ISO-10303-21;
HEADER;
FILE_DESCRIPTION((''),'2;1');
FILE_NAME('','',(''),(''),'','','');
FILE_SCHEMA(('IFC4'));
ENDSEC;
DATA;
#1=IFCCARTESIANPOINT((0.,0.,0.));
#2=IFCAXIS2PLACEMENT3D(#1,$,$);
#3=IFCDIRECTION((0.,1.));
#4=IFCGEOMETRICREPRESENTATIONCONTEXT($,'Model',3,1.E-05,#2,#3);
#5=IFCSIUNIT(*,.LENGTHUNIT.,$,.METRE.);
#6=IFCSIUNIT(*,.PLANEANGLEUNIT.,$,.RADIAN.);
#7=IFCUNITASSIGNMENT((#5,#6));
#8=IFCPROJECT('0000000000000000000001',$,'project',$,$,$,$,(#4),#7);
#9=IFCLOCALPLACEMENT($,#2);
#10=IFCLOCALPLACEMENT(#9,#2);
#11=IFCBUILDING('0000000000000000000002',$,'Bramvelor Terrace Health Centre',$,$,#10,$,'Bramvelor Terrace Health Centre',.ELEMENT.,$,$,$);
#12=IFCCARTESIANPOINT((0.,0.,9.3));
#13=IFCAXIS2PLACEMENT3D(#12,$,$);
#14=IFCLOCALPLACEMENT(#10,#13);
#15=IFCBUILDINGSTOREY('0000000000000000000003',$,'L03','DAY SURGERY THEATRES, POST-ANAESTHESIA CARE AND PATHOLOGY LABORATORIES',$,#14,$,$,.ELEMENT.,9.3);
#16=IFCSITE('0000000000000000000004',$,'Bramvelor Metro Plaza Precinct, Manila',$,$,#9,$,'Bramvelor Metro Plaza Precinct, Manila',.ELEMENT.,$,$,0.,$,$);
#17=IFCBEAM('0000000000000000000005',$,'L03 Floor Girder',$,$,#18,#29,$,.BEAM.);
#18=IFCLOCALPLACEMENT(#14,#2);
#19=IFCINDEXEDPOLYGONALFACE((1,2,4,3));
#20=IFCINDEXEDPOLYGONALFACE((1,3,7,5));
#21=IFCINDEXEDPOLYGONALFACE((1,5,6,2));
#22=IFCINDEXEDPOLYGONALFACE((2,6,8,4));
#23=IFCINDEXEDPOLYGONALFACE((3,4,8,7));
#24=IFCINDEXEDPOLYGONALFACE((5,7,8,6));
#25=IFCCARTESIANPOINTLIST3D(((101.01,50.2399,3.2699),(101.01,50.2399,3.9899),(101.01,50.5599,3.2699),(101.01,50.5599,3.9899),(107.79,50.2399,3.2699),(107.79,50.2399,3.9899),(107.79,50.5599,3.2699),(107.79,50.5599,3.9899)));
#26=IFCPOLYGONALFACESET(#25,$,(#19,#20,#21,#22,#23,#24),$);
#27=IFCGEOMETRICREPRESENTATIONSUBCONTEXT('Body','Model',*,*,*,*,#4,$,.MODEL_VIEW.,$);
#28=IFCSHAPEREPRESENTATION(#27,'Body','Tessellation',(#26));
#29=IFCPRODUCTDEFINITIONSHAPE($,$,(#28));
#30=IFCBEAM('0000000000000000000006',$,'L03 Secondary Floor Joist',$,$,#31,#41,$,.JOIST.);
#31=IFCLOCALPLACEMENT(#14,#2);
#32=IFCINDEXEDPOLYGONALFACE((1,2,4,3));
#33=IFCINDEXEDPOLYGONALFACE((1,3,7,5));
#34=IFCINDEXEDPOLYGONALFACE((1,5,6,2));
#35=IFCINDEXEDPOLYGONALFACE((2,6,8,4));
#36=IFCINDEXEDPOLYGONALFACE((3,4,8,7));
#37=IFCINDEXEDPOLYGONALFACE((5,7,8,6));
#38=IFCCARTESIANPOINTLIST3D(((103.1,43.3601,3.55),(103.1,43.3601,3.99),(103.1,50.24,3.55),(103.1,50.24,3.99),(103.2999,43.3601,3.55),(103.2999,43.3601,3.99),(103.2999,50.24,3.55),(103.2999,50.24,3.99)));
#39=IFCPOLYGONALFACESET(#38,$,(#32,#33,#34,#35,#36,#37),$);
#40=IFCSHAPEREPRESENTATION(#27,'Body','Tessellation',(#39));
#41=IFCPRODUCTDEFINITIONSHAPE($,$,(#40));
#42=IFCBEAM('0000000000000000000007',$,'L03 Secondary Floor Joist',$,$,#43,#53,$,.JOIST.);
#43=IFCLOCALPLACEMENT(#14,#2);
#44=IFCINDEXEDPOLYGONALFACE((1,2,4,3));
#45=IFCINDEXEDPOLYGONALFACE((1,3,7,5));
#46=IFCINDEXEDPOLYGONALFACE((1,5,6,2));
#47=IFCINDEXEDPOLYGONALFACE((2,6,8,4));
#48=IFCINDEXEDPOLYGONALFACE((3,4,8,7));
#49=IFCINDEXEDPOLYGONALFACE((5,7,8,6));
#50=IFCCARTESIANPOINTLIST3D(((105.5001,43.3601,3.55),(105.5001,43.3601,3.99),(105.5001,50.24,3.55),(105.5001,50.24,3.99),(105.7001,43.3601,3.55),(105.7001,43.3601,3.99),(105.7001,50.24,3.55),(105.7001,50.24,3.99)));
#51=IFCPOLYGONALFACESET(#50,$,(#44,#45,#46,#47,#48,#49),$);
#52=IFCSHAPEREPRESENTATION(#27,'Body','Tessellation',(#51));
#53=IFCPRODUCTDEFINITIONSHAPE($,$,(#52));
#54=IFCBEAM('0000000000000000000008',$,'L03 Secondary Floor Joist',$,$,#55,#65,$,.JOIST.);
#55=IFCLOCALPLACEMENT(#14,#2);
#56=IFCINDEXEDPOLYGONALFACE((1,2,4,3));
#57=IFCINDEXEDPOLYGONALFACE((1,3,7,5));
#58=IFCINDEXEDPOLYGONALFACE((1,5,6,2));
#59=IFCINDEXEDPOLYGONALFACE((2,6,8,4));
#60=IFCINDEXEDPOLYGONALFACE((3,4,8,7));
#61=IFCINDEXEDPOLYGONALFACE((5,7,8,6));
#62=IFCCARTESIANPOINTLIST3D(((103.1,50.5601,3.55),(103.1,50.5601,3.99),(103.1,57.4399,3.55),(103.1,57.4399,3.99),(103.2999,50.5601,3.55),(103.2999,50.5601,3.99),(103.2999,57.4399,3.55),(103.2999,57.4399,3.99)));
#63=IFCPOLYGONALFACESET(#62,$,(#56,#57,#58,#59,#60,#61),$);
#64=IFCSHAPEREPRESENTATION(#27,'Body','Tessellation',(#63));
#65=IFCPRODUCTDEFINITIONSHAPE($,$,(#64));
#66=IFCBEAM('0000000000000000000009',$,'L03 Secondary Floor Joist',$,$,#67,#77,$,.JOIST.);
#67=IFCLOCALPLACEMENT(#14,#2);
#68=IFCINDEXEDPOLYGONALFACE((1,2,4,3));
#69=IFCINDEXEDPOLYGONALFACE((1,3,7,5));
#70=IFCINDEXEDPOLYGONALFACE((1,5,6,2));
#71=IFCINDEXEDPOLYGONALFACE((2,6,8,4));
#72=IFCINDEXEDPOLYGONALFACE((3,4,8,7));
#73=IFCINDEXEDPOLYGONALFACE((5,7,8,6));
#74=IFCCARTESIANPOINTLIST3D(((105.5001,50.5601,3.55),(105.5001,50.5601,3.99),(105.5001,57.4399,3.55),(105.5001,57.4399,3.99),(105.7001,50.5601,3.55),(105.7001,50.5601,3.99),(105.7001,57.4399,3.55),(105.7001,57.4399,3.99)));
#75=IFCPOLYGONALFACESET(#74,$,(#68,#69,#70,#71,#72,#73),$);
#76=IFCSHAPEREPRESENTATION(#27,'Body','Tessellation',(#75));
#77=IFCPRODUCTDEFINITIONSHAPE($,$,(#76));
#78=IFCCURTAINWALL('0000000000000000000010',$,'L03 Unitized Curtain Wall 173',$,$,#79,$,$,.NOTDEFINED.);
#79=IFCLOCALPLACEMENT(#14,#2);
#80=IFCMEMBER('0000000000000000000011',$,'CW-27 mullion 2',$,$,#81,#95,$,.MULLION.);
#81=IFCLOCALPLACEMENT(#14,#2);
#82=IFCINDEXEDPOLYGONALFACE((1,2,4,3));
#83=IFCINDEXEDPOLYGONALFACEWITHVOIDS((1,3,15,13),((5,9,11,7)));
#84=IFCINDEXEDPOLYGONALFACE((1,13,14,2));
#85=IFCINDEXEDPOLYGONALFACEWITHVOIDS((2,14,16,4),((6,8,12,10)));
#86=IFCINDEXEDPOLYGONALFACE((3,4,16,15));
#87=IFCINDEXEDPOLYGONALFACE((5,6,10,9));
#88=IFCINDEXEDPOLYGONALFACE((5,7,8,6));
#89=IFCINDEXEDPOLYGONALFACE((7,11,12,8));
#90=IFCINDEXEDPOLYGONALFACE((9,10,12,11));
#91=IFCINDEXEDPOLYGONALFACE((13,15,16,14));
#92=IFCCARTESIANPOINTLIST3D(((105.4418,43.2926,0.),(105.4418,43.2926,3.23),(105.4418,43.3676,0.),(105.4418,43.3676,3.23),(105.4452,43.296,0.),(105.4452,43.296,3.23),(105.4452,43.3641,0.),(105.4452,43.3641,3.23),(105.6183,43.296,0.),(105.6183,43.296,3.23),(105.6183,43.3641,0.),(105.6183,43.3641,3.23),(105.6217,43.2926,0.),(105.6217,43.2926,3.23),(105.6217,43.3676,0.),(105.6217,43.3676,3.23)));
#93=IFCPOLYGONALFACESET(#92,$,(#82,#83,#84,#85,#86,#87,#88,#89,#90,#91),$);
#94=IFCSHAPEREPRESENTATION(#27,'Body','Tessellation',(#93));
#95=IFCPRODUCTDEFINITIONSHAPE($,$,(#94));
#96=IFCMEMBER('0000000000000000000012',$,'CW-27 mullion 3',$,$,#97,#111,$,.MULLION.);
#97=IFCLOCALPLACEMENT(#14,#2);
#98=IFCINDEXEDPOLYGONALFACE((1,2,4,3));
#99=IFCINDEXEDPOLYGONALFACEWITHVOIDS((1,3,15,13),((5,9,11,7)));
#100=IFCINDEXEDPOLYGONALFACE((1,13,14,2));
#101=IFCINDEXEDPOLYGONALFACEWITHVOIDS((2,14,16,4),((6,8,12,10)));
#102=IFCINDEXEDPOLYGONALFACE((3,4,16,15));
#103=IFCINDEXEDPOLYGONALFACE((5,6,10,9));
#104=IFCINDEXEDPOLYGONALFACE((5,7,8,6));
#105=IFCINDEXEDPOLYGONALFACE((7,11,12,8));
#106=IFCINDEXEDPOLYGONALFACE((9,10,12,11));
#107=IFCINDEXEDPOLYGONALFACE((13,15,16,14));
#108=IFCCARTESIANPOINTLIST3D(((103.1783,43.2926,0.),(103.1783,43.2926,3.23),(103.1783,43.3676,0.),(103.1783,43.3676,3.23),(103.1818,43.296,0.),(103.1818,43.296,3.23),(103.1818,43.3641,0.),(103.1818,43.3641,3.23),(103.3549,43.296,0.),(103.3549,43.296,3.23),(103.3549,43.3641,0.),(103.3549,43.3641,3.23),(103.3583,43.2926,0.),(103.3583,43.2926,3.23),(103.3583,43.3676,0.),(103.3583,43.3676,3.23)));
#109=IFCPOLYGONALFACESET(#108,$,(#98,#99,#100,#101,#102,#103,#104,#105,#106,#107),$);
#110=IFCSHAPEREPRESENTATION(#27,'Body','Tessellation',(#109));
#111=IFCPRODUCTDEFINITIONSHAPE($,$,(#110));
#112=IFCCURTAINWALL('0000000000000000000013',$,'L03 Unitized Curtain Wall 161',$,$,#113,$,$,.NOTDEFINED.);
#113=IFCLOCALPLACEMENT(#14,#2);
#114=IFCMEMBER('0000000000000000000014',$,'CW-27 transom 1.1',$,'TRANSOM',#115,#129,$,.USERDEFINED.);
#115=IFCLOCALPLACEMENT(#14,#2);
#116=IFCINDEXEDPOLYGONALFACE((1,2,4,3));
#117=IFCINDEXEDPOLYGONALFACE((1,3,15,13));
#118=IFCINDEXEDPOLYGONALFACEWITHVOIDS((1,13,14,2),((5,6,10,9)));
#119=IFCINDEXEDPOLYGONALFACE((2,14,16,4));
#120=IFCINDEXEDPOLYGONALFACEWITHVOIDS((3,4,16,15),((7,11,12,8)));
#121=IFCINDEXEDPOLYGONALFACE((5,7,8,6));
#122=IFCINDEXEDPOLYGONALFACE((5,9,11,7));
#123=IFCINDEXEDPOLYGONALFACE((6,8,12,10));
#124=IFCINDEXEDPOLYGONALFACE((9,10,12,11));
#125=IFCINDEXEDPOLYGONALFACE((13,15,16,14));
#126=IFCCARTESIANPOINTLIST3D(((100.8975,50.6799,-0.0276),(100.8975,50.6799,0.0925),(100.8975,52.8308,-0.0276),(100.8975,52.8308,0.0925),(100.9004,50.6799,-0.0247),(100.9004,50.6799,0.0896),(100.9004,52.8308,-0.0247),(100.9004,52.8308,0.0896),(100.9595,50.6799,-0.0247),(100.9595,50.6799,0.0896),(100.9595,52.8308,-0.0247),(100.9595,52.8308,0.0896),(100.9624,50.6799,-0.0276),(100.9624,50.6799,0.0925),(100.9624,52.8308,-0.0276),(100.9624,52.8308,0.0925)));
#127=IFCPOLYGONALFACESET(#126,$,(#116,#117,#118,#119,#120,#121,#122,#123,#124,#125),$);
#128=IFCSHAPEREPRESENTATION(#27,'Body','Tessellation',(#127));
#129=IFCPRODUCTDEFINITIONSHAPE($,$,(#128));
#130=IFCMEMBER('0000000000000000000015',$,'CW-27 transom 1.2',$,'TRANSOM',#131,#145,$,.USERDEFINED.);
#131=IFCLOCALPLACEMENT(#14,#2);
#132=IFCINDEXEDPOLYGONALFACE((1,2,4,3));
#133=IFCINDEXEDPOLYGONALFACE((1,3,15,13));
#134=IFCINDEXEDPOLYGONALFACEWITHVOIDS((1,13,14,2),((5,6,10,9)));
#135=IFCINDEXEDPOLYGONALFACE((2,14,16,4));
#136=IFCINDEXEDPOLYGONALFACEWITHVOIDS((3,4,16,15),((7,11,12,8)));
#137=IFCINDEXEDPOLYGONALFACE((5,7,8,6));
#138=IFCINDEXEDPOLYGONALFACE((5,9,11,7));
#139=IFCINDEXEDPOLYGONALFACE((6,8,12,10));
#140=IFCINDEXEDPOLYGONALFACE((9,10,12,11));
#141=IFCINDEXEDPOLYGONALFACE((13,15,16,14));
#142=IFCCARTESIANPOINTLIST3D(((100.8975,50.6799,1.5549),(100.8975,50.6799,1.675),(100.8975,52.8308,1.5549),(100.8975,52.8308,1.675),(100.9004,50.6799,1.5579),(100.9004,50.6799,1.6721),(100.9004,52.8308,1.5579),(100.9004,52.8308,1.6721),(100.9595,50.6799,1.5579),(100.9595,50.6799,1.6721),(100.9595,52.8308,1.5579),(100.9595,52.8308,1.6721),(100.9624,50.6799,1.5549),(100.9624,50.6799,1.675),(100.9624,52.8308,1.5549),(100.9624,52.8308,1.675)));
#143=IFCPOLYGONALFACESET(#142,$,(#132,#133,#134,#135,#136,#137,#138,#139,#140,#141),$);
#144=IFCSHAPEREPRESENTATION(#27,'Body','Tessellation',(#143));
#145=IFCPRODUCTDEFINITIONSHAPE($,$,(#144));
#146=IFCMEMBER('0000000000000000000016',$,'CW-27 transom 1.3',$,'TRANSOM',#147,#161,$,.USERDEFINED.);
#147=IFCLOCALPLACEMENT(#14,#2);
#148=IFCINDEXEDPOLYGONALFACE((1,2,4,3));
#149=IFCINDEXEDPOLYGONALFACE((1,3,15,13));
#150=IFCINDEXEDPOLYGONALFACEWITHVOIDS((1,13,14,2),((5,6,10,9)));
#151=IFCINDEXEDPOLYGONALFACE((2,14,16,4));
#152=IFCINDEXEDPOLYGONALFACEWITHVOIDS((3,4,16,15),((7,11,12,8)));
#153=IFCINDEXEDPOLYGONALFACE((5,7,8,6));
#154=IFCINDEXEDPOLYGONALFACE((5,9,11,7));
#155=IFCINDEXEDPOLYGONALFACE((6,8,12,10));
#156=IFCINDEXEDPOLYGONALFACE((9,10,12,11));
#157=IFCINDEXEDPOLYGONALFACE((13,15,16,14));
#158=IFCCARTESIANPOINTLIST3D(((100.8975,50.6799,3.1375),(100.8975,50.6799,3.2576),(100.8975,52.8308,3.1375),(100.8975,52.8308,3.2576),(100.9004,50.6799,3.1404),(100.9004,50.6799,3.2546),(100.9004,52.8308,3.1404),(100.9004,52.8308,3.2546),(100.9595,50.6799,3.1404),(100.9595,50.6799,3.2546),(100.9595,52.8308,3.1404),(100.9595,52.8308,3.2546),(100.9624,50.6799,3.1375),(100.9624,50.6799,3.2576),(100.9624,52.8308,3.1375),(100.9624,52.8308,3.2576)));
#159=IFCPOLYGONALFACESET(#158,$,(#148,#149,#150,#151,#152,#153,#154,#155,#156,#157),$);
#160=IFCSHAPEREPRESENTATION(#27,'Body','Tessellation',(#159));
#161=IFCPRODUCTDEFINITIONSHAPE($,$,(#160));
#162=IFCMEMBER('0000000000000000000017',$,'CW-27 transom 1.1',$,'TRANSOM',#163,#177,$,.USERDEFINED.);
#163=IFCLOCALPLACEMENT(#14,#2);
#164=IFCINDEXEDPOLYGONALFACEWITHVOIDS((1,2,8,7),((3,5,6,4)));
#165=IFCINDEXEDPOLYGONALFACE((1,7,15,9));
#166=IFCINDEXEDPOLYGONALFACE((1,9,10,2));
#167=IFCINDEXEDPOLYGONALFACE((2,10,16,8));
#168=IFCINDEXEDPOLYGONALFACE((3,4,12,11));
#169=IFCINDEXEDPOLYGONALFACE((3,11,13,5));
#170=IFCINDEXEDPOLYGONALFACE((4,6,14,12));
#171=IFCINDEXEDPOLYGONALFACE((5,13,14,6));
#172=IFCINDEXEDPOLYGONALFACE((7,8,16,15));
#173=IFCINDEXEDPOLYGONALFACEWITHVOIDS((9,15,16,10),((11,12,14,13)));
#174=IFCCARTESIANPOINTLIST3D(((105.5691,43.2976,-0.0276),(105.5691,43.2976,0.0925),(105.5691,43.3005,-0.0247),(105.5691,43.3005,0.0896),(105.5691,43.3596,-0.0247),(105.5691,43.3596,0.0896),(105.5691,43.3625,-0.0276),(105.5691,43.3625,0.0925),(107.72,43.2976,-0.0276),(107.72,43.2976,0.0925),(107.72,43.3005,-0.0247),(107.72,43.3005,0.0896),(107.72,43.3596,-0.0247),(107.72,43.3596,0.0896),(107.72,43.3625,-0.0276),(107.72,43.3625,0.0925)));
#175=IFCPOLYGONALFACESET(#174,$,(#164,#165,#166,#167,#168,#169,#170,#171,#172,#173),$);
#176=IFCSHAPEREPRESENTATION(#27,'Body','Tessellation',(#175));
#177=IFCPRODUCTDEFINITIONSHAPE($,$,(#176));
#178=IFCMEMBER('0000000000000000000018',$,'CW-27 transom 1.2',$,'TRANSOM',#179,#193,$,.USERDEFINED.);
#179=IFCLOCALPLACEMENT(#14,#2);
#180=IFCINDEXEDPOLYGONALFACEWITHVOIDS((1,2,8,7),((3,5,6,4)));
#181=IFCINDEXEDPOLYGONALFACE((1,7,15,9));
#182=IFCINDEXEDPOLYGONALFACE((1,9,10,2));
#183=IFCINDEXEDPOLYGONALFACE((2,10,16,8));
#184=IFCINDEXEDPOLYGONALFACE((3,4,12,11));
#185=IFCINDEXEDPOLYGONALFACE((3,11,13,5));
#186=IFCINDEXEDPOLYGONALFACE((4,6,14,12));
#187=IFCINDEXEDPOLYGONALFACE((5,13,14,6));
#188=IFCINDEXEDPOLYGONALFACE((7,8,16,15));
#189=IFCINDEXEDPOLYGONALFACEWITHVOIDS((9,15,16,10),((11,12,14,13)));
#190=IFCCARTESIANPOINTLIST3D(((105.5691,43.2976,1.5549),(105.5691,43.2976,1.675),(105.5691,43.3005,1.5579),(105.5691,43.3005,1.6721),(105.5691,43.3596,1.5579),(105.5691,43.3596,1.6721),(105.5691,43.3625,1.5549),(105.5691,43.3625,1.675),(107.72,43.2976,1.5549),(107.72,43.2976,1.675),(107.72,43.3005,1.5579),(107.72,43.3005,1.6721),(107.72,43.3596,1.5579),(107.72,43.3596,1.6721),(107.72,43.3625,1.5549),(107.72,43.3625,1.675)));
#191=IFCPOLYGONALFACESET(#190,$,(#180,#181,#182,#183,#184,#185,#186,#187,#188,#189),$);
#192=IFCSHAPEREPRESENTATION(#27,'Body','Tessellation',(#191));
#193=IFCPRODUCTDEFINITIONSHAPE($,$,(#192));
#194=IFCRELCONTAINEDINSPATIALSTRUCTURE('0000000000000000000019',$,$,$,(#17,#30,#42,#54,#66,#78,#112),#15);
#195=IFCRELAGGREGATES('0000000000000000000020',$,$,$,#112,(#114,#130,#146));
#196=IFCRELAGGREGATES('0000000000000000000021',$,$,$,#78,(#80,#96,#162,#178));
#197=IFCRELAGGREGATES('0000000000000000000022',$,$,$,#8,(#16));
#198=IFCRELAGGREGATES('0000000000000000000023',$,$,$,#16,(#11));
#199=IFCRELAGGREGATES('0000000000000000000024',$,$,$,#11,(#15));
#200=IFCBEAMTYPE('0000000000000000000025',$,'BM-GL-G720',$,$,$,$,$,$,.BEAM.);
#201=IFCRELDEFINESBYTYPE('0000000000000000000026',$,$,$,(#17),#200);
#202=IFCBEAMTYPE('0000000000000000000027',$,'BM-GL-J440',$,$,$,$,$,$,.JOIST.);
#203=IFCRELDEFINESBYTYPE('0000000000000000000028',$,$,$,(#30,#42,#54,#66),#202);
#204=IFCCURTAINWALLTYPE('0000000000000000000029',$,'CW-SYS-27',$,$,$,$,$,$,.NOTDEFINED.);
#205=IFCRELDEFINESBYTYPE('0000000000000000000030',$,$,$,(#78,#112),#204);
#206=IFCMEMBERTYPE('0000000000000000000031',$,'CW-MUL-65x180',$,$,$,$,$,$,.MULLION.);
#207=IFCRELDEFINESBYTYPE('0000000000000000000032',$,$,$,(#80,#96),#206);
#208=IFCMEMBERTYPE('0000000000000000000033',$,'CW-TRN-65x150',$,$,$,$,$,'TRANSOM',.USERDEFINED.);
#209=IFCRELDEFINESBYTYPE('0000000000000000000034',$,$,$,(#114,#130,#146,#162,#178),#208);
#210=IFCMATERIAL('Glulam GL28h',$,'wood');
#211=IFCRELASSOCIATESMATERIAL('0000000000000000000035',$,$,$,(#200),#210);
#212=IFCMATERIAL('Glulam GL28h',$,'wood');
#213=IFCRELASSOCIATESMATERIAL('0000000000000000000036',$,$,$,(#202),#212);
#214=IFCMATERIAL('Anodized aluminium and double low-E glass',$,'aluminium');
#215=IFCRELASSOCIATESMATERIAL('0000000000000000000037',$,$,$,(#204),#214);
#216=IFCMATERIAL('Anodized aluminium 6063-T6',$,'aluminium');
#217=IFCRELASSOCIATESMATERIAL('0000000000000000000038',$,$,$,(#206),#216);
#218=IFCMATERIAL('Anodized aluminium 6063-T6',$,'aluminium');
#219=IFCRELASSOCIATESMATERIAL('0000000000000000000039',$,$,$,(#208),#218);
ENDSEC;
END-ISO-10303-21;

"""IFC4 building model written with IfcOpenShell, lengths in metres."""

from ifc_helpers import new_model, si_unit, direction, frame, origin, origin_2d, place, context, subcontext, project, spatial, rectangle, hollow_rectangle, extrude, material, material_profile, profile_set, type_object, element, aggregate, save


model = new_model("IFC4")

# Units and contexts
model_context = context("Model", 3, precision=1e-05, world=origin(), true_north=direction((0.0, 1.0)))
body_context = subcontext(model_context, "Body", "Model", "MODEL_VIEW")
ifc_project = project(units=[si_unit("LENGTHUNIT", "METRE"), si_unit("PLANEANGLEUNIT", "RADIAN")], contexts=[model_context])

# Site, building, storey
site_placement = place(None, origin())
site = spatial("IfcSite", under=ifc_project, at=site_placement, Name="Bramvelor Metro Plaza Precinct, Manila", LongName="Bramvelor Metro Plaza Precinct, Manila", CompositionType="ELEMENT", RefElevation=0.0)
building_placement = place(site_placement, origin())
building = spatial("IfcBuilding", under=site, at=building_placement, Name="Bramvelor Terrace Health Centre", LongName="Bramvelor Terrace Health Centre", CompositionType="ELEMENT")
storey_placement = place(building_placement, frame((0.0, 0.0, 9.3)))
storey = spatial("IfcBuildingStorey", under=building, at=storey_placement, Name="L03", Description="DAY SURGERY THEATRES, POST-ANAESTHESIA CARE AND PATHOLOGY LABORATORIES", CompositionType="ELEMENT", Elevation=9.3)

# Beams
ifc_material_1 = material(Name="Glulam GL28h", Category="wood")
ifc_material_profile_1 = material_profile(ifc_material_1, rectangle(XDim=0.3201, YDim=0.72, at=origin_2d()), Name="GL 320x720")
ifc_profile_set_1 = profile_set([ifc_material_profile_1], Name="Glulam GL28h")
beam_type_1 = type_object("IfcBeamType", Name="BM-GL-G720", PredefinedType="BEAM", material=ifc_profile_set_1)
beam_placement = place(storey_placement, frame((101.01, 50.3999, 3.6299), z_axis=(1.0, 0.0, 0.0), x_axis=(0.0, 1.0, 0.0)))
element("IfcBeam", 1, at=beam_placement, inside=storey, type_object=beam_type_1, Name="L03 Floor Girder", PredefinedType="BEAM", context=body_context, shape_type="SweptSolid", body=[
    extrude(rectangle(XDim=0.3201, YDim=0.72, at=origin_2d()), origin(), (0.0, 0.0, 1.0), 6.78),
])
ifc_material_2 = material(Name="Glulam GL28h", Category="wood")
ifc_material_profile_2 = material_profile(ifc_material_2, rectangle(XDim=0.2, YDim=0.4399, at=origin_2d()), Name="GL 200x440")
ifc_profile_set_2 = profile_set([ifc_material_profile_2], Name="Glulam GL28h")
beam_type_2 = type_object("IfcBeamType", Name="BM-GL-J440", PredefinedType="JOIST", material=ifc_profile_set_2)
for number, where, z_axis, x_axis, name in (
    (2, (103.2, 43.3601, 3.77), (0.0, 1.0, 0.0), (-1.0, 0.0, 0.0), "L03 Secondary Floor Joist"),
    (3, (105.6001, 43.3601, 3.77), (0.0, 1.0, 0.0), (-1.0, 0.0, 0.0), "L03 Secondary Floor Joist"),
    (4, (103.2, 50.5601, 3.77), (0.0, 1.0, 0.0), (-1.0, 0.0, 0.0), "L03 Secondary Floor Joist"),
    (5, (105.6001, 50.5601, 3.77), (0.0, 1.0, 0.0), (-1.0, 0.0, 0.0), "L03 Secondary Floor Joist"),
):
    element("IfcBeam", number, at=place(storey_placement, frame(where, z_axis=z_axis, x_axis=x_axis)), inside=storey, type_object=beam_type_2, Name=name, PredefinedType="JOIST", context=body_context, shape_type="SweptSolid", body=[
        extrude(rectangle(XDim=0.2, YDim=0.4399, at=origin_2d()), origin(), (0.0, 0.0, 1.0), 6.8799),
    ])

# Curtain walls, members
ifc_material_3 = material(Name="Anodized aluminium and double low-E glass", Category="aluminium")
curtain_wall_type = type_object("IfcCurtainWallType", Name="CW-SYS-27", PredefinedType="NOTDEFINED", material=ifc_material_3)
curtain_wall_1_placement = place(storey_placement, origin())
curtain_wall_1 = element("IfcCurtainWall", 6, at=curtain_wall_1_placement, inside=storey, type_object=curtain_wall_type, Name="L03 Unitized Curtain Wall 173", PredefinedType="NOTDEFINED")
ifc_material_4 = material(Name="Anodized aluminium 6063-T6", Category="aluminium")
ifc_material_profile_3 = material_profile(ifc_material_4, hollow_rectangle(XDim=0.075, YDim=0.1799, WallThickness=0.0034, at=origin_2d()), Name="ALU-MUL 75x180x3.5")
ifc_profile_set_3 = profile_set([ifc_material_profile_3], Name="Anodized aluminium 6063-T6")
member_type_1 = type_object("IfcMemberType", Name="CW-MUL-65x180", PredefinedType="MULLION", material=ifc_profile_set_3)
member_1_placement = place(storey_placement, frame((105.5317, 43.3301, 0.0), z_axis=(0.0, 0.0, 1.0), x_axis=(0.0, -1.0, 0.0)))
member_1 = element("IfcMember", 7, at=member_1_placement, type_object=member_type_1, Name="CW-27 mullion 2", PredefinedType="MULLION", context=body_context, shape_type="SweptSolid", body=[
    extrude(hollow_rectangle(XDim=0.075, YDim=0.1799, WallThickness=0.0034, at=origin_2d()), origin(), (0.0, 0.0, 1.0), 3.23),
])
member_2_placement = place(storey_placement, frame((103.2683, 43.3301, 0.0), z_axis=(0.0, 0.0, 1.0), x_axis=(0.0, -1.0, 0.0)))
member_2 = element("IfcMember", 8, at=member_2_placement, type_object=member_type_1, Name="CW-27 mullion 3", PredefinedType="MULLION", context=body_context, shape_type="SweptSolid", body=[
    extrude(hollow_rectangle(XDim=0.075, YDim=0.1799, WallThickness=0.0034, at=origin_2d()), origin(), (0.0, 0.0, 1.0), 3.23),
])
curtain_wall_2_placement = place(storey_placement, origin())
curtain_wall_2 = element("IfcCurtainWall", 9, at=curtain_wall_2_placement, inside=storey, type_object=curtain_wall_type, Name="L03 Unitized Curtain Wall 161", PredefinedType="NOTDEFINED")
ifc_material_5 = material(Name="Anodized aluminium 6063-T6", Category="aluminium")
ifc_material_profile_4 = material_profile(ifc_material_5, hollow_rectangle(XDim=0.0649, YDim=0.1201, WallThickness=0.0029, at=origin_2d()), Name="ALU-TRN 65x120x3.0")
ifc_profile_set_4 = profile_set([ifc_material_profile_4], Name="Anodized aluminium 6063-T6")
member_type_2 = type_object("IfcMemberType", Name="CW-TRN-65x150", ElementType="TRANSOM", PredefinedType="USERDEFINED", material=ifc_profile_set_4)
member_3_placement = place(storey_placement, frame((100.9299, 50.6799, 0.0325), z_axis=(0.0, 1.0, 0.0), x_axis=(-1.0, 0.0, 0.0)))
member_3 = element("IfcMember", 10, at=member_3_placement, type_object=member_type_2, Name="CW-27 transom 1.1", ObjectType="TRANSOM", PredefinedType="USERDEFINED", context=body_context, shape_type="SweptSolid", body=[
    extrude(hollow_rectangle(XDim=0.0649, YDim=0.1201, WallThickness=0.0029, at=origin_2d()), origin(), (0.0, 0.0, 1.0), 2.1509),
])
member_4_placement = place(storey_placement, frame((100.9299, 50.6799, 1.615), z_axis=(0.0, 1.0, 0.0), x_axis=(-1.0, 0.0, 0.0)))
member_4 = element("IfcMember", 11, at=member_4_placement, type_object=member_type_2, Name="CW-27 transom 1.2", ObjectType="TRANSOM", PredefinedType="USERDEFINED", context=body_context, shape_type="SweptSolid", body=[
    extrude(hollow_rectangle(XDim=0.0649, YDim=0.1201, WallThickness=0.0029, at=origin_2d()), origin(), (0.0, 0.0, 1.0), 2.1509),
])
member_5_placement = place(storey_placement, frame((100.9299, 50.6799, 3.1975), z_axis=(0.0, 1.0, 0.0), x_axis=(-1.0, 0.0, 0.0)))
member_5 = element("IfcMember", 12, at=member_5_placement, type_object=member_type_2, Name="CW-27 transom 1.3", ObjectType="TRANSOM", PredefinedType="USERDEFINED", context=body_context, shape_type="SweptSolid", body=[
    extrude(hollow_rectangle(XDim=0.0649, YDim=0.1201, WallThickness=0.0029, at=origin_2d()), origin(), (0.0, 0.0, 1.0), 2.1509),
])
aggregate(curtain_wall_2, [member_3, member_4, member_5])

# Members
member_6_placement = place(storey_placement, frame((107.72, 43.3301, 0.0325), z_axis=(-1.0, 0.0, 0.0), x_axis=(0.0, -1.0, 0.0)))
member_6 = element("IfcMember", 13, at=member_6_placement, type_object=member_type_2, Name="CW-27 transom 1.1", ObjectType="TRANSOM", PredefinedType="USERDEFINED", context=body_context, shape_type="SweptSolid", body=[
    extrude(hollow_rectangle(XDim=0.0649, YDim=0.1201, WallThickness=0.0029, at=origin_2d()), origin(), (0.0, 0.0, 1.0), 2.1509),
])
member_7_placement = place(storey_placement, frame((107.72, 43.3301, 1.615), z_axis=(-1.0, 0.0, 0.0), x_axis=(0.0, -1.0, 0.0)))
member_7 = element("IfcMember", 14, at=member_7_placement, type_object=member_type_2, Name="CW-27 transom 1.2", ObjectType="TRANSOM", PredefinedType="USERDEFINED", context=body_context, shape_type="SweptSolid", body=[
    extrude(hollow_rectangle(XDim=0.0649, YDim=0.1201, WallThickness=0.0029, at=origin_2d()), origin(), (0.0, 0.0, 1.0), 2.1509),
])

aggregate(curtain_wall_1, [member_1, member_2, member_6, member_7])

save(model, "model.ifc")
